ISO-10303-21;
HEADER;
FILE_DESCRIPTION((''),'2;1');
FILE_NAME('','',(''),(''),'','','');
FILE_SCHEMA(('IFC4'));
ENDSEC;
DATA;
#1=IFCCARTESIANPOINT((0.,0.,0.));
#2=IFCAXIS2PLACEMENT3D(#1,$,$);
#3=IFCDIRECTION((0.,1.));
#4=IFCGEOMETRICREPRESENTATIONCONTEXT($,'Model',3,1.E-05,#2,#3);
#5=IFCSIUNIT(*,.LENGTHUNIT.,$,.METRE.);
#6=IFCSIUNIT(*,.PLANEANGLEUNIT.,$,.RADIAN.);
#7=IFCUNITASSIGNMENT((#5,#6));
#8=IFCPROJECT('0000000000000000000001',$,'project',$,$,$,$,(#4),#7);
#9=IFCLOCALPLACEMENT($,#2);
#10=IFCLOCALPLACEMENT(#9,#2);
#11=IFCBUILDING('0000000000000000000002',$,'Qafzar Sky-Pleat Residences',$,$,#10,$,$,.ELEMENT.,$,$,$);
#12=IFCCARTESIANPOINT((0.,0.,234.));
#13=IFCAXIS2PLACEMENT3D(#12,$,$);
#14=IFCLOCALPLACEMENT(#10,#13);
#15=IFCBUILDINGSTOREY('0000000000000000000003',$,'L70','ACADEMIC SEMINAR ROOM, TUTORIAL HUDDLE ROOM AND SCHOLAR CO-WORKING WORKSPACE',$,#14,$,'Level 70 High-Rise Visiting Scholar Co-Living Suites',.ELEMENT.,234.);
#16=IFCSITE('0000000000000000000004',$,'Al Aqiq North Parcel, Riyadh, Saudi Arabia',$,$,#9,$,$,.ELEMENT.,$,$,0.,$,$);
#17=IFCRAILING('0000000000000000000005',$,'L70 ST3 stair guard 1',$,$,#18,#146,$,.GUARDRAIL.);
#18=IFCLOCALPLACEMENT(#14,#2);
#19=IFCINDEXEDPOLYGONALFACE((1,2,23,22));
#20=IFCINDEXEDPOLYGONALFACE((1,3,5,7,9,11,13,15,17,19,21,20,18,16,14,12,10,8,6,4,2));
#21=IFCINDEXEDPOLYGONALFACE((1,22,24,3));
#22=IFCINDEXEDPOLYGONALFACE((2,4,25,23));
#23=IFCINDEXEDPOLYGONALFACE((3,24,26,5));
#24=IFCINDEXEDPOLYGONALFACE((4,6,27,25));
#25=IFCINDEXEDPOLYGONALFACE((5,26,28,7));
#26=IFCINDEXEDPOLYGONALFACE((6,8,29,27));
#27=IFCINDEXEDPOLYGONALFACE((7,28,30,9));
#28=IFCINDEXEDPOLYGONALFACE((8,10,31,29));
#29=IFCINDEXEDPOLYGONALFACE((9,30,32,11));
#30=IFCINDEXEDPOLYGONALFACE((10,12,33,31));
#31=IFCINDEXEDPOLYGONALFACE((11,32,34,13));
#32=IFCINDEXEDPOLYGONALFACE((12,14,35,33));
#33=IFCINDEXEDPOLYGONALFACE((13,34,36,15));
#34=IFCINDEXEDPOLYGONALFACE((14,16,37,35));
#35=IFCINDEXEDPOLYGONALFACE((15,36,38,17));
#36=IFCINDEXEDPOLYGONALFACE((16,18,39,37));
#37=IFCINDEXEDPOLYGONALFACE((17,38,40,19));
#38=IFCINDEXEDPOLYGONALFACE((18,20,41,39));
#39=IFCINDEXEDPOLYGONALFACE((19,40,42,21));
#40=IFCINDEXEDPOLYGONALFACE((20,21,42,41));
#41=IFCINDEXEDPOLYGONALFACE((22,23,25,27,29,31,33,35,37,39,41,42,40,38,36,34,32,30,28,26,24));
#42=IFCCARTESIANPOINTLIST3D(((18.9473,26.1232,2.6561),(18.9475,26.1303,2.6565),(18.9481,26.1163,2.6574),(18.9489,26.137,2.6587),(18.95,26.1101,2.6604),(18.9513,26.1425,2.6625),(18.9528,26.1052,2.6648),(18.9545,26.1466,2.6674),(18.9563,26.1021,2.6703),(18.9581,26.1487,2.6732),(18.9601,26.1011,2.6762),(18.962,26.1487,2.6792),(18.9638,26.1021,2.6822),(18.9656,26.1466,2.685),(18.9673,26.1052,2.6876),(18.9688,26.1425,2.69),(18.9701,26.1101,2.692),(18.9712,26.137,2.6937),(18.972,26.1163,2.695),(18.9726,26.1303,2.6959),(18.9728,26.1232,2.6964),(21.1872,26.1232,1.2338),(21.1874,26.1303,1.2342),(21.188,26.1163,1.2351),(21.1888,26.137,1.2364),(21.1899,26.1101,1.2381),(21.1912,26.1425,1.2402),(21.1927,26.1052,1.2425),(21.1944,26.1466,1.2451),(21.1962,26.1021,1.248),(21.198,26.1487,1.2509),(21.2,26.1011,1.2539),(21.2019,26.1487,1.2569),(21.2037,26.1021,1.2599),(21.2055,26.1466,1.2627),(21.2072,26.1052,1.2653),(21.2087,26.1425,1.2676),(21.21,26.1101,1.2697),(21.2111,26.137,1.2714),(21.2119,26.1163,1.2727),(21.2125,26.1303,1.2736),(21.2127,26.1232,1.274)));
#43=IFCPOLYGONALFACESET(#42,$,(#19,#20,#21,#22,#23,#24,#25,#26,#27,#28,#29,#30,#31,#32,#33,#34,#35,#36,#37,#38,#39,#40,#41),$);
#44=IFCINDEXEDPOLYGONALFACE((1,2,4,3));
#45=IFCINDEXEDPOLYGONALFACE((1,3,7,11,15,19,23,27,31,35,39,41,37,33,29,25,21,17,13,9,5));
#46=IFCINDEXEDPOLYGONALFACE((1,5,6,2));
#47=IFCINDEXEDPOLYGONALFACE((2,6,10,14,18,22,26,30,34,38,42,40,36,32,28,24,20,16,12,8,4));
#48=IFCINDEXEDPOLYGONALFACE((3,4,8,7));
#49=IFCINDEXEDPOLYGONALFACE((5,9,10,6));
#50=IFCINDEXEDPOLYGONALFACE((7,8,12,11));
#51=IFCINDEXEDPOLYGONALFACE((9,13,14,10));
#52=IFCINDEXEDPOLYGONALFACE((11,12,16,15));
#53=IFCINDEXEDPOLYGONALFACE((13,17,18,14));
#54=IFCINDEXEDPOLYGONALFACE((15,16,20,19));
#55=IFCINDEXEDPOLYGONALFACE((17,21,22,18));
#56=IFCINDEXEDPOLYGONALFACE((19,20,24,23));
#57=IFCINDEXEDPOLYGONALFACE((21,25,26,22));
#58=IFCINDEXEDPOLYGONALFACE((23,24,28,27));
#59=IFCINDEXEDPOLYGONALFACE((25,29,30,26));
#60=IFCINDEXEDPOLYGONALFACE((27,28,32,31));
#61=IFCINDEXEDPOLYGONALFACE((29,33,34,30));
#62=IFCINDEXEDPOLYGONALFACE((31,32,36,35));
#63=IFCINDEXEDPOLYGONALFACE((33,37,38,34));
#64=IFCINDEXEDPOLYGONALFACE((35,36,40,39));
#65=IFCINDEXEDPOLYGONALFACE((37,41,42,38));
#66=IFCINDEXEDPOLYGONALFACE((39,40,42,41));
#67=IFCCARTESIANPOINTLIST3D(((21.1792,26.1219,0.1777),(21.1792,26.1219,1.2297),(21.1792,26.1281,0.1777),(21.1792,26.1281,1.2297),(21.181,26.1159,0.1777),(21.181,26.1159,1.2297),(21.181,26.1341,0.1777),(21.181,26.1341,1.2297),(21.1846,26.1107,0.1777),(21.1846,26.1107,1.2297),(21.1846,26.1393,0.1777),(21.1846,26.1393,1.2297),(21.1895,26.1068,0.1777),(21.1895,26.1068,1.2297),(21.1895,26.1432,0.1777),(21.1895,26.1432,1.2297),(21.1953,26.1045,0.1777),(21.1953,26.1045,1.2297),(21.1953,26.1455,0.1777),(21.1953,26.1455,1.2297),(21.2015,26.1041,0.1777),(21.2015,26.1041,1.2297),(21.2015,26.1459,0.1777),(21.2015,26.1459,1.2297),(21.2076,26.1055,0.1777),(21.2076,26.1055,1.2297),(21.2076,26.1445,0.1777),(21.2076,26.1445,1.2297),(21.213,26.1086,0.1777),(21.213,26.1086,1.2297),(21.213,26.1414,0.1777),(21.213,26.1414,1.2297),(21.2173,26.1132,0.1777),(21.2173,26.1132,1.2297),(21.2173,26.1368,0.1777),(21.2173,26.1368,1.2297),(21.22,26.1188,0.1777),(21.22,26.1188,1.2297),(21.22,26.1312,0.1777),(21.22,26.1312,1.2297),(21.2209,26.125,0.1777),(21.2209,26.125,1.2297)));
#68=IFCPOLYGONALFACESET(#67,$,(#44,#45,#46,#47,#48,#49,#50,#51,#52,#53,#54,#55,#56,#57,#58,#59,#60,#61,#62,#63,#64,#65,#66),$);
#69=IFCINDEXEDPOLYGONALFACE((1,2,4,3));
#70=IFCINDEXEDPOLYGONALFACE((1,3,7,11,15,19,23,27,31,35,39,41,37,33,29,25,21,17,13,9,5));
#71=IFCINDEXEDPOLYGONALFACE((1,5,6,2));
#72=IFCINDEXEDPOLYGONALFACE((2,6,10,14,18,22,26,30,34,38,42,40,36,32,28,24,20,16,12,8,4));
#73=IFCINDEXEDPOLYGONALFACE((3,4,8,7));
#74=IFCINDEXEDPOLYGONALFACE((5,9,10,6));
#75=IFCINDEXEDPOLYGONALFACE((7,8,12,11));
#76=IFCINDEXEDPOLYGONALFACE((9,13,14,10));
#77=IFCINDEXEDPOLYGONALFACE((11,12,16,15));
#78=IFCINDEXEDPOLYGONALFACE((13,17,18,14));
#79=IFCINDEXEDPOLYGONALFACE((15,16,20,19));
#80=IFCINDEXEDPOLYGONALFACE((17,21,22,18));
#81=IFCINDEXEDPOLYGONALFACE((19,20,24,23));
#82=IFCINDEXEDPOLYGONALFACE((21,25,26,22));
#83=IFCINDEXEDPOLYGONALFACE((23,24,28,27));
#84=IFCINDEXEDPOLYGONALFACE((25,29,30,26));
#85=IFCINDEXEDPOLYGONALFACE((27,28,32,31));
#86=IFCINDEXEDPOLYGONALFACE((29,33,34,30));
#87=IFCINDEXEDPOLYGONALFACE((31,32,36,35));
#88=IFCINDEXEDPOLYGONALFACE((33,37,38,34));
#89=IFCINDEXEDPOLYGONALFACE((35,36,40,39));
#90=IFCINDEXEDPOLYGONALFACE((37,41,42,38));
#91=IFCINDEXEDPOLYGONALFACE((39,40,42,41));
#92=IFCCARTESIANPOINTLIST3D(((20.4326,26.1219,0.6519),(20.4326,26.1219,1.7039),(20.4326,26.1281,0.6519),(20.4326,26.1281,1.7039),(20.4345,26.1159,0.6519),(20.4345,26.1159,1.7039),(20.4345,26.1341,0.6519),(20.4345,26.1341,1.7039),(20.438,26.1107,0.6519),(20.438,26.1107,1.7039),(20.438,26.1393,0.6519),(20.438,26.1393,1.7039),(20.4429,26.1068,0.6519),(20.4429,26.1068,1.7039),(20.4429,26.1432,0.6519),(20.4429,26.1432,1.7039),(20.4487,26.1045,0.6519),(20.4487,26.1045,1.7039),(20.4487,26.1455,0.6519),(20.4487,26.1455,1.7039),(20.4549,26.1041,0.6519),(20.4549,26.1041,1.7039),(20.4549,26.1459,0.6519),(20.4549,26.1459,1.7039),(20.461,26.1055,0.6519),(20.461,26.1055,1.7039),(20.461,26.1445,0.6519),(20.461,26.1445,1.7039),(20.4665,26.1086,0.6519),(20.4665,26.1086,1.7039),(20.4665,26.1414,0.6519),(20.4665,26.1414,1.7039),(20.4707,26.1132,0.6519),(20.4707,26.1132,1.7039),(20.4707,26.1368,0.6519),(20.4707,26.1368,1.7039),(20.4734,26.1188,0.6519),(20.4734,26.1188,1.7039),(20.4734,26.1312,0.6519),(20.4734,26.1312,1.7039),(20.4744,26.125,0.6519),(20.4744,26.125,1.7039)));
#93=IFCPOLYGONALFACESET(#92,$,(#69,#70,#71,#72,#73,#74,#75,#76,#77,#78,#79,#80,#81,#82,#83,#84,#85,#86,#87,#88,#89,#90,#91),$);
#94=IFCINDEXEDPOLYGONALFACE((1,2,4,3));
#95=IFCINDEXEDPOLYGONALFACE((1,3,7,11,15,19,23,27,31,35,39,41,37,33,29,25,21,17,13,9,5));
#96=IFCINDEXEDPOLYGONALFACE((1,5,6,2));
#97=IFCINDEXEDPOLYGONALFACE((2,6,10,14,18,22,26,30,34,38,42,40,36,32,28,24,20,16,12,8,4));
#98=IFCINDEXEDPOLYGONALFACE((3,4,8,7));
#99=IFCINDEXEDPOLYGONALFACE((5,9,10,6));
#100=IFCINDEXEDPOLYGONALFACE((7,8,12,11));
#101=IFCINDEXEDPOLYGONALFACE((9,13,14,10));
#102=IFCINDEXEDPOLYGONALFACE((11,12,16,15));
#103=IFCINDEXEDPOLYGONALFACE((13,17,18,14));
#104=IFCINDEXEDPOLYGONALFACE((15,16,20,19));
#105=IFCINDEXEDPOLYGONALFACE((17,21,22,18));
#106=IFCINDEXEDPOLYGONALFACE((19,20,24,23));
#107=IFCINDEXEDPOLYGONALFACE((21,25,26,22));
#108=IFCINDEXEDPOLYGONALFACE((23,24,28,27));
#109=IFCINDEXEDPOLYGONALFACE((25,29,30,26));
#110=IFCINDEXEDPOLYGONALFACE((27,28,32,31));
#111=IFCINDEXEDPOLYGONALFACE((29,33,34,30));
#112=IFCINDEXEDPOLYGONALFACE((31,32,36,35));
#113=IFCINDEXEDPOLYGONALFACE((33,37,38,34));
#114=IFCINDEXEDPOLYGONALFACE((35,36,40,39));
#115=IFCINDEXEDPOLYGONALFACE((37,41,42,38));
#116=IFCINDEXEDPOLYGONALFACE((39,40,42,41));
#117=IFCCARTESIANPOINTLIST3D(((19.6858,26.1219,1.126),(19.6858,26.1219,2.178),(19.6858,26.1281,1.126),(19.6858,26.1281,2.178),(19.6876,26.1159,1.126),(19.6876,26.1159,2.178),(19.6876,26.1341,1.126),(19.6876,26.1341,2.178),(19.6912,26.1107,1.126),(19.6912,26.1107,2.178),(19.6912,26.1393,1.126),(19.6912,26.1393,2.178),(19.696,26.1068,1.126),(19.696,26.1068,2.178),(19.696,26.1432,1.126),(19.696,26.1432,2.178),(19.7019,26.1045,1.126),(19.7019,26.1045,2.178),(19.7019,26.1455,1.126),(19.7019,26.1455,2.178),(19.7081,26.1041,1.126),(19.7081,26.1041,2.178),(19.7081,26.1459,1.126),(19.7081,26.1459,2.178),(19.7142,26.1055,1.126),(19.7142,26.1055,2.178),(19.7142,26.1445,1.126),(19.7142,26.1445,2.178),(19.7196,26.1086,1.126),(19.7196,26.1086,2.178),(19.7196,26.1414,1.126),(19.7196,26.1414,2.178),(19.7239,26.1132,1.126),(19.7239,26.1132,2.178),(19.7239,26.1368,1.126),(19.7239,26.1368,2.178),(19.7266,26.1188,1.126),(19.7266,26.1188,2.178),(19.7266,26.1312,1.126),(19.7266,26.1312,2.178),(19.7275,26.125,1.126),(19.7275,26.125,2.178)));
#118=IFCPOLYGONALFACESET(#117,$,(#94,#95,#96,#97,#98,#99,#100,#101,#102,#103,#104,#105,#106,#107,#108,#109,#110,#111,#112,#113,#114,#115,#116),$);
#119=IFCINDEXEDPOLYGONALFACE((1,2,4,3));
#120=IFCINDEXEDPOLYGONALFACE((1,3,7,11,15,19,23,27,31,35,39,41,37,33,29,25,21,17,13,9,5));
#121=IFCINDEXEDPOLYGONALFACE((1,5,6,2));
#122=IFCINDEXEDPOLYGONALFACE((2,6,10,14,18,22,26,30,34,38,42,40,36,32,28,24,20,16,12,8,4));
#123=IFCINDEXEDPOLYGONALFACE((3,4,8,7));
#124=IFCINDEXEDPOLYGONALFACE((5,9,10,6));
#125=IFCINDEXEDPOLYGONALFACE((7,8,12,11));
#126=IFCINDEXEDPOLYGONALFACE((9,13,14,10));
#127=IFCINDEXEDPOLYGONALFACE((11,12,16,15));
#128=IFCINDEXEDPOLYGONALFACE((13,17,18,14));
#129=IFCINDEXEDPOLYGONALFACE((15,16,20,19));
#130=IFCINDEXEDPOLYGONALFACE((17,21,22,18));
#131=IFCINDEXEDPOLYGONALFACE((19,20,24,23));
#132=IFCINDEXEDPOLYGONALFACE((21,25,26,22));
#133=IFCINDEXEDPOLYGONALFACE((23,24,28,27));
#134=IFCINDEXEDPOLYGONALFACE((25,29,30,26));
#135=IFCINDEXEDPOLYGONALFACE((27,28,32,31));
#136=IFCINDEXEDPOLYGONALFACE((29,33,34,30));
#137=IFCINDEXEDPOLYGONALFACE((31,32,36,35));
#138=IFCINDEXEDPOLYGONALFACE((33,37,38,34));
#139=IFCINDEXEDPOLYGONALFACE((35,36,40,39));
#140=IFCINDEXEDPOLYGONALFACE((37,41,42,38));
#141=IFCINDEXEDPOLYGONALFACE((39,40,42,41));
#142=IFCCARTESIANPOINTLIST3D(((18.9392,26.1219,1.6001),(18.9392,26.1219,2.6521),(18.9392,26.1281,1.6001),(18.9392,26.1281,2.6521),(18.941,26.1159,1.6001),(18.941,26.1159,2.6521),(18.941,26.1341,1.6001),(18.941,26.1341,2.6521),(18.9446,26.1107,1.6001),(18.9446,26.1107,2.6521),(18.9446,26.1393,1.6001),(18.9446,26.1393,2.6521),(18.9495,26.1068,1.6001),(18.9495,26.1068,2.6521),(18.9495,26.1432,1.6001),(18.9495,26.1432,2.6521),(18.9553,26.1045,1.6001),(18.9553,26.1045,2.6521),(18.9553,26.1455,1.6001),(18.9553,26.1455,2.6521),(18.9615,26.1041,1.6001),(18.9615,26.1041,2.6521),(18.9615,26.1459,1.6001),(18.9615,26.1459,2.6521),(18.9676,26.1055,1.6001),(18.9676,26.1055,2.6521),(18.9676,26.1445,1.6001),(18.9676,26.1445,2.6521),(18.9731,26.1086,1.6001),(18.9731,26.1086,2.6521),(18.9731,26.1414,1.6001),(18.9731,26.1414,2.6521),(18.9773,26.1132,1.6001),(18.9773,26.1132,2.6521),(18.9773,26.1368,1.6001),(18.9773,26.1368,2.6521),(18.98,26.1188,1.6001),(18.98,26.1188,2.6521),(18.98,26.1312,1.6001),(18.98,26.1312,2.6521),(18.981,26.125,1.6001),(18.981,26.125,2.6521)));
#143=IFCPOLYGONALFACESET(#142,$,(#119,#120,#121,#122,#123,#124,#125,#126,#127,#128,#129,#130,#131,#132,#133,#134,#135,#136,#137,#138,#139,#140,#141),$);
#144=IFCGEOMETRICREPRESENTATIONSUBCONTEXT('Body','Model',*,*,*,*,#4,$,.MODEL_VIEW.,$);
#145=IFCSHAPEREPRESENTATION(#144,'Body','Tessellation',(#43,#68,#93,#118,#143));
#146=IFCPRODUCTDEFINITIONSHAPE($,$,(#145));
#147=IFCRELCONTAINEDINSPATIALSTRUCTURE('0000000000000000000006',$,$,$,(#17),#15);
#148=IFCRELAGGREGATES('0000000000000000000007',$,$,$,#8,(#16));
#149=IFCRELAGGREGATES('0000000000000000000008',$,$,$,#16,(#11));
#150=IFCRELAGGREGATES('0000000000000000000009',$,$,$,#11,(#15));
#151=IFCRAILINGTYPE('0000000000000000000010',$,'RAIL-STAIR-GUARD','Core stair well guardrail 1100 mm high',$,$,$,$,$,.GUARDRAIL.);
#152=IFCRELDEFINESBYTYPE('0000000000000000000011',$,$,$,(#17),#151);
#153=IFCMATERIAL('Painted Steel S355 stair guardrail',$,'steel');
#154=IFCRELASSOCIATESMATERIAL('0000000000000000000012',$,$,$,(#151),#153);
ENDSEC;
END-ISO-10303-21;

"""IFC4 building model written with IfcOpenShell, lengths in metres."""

from ifc_helpers import new_model, si_unit, direction, frame, origin, origin_2d, place, context, subcontext, project, spatial, circle, extrude, source, transform, mapped, material, type_object, element, save


model = new_model("IFC4")

# Units and contexts
model_context = context("Model", 3, precision=1e-05, world=origin(), true_north=direction((0.0, 1.0)))
body_context = subcontext(model_context, "Body", "Model", "MODEL_VIEW")
ifc_project = project(units=[si_unit("LENGTHUNIT", "METRE"), si_unit("PLANEANGLEUNIT", "RADIAN")], contexts=[model_context])

# Site, building, storey
site_placement = place(None, origin())
site = spatial("IfcSite", under=ifc_project, at=site_placement, Name="Al Aqiq North Parcel, Riyadh, Saudi Arabia", CompositionType="ELEMENT", RefElevation=0.0)
building_placement = place(site_placement, origin())
building = spatial("IfcBuilding", under=site, at=building_placement, Name="Qafzar Sky-Pleat Residences", CompositionType="ELEMENT")
storey_placement = place(building_placement, frame((0.0, 0.0, 234.0)))
storey = spatial("IfcBuildingStorey", under=building, at=storey_placement, Name="L70", Description="ACADEMIC SEMINAR ROOM, TUTORIAL HUDDLE ROOM AND SCHOLAR CO-WORKING WORKSPACE", LongName="Level 70 High-Rise Visiting Scholar Co-Living Suites", CompositionType="ELEMENT", Elevation=234.0)

# Railing
ifc_material_1 = material(Name="Painted Steel S355 stair guardrail", Category="steel")
railing_type_1 = type_object("IfcRailingType", Name="RAIL-STAIR-GUARD", Description="Core stair well guardrail 1100 mm high", PredefinedType="GUARDRAIL", material=ifc_material_1)
shared_shape_1 = source(origin(), body_context, "Body", "SweptSolid", [
    extrude(circle(Radius=0.0239, at=origin_2d()), frame((0.0, 0.0, 1.0762), z_axis=(-0.844188, 0.0, 0.536048), x_axis=(0.0, -1.0, 0.0)), (0.0, 0.0, 1.0), 2.6533),
    extrude(circle(Radius=0.021, at=origin_2d()), origin(), (0.0, 0.0, 1.0), 1.052),
    extrude(circle(Radius=0.021, at=origin_2d()), frame((-0.7466, 0.0, 0.4741)), (0.0, 0.0, 1.0), 1.052),
    extrude(circle(Radius=0.021, at=origin_2d()), frame((-1.4934, 0.0, 0.9482)), (0.0, 0.0, 1.0), 1.052),
    extrude(circle(Radius=0.021, at=origin_2d()), frame((-2.24, 0.0, 1.4224)), (0.0, 0.0, 1.0), 1.052),
])
railing_1_placement = place(storey_placement, frame((21.2, 26.125, 0.1777)))
element("IfcRailing", 1, at=railing_1_placement, inside=storey, type_object=railing_type_1, Name="L70 ST3 stair guard 1", PredefinedType="GUARDRAIL", context=body_context, shape_type="MappedRepresentation", body=[
    mapped(shared_shape_1, transform((0.0, 0.0, 0.0), x_axis=(1.0, 0.0, 0.0), y_axis=(0.0, 1.0, 0.0), z_axis=(0.0, 0.0, 1.0), scale=1.0)),
])

save(model, "model.ifc")
